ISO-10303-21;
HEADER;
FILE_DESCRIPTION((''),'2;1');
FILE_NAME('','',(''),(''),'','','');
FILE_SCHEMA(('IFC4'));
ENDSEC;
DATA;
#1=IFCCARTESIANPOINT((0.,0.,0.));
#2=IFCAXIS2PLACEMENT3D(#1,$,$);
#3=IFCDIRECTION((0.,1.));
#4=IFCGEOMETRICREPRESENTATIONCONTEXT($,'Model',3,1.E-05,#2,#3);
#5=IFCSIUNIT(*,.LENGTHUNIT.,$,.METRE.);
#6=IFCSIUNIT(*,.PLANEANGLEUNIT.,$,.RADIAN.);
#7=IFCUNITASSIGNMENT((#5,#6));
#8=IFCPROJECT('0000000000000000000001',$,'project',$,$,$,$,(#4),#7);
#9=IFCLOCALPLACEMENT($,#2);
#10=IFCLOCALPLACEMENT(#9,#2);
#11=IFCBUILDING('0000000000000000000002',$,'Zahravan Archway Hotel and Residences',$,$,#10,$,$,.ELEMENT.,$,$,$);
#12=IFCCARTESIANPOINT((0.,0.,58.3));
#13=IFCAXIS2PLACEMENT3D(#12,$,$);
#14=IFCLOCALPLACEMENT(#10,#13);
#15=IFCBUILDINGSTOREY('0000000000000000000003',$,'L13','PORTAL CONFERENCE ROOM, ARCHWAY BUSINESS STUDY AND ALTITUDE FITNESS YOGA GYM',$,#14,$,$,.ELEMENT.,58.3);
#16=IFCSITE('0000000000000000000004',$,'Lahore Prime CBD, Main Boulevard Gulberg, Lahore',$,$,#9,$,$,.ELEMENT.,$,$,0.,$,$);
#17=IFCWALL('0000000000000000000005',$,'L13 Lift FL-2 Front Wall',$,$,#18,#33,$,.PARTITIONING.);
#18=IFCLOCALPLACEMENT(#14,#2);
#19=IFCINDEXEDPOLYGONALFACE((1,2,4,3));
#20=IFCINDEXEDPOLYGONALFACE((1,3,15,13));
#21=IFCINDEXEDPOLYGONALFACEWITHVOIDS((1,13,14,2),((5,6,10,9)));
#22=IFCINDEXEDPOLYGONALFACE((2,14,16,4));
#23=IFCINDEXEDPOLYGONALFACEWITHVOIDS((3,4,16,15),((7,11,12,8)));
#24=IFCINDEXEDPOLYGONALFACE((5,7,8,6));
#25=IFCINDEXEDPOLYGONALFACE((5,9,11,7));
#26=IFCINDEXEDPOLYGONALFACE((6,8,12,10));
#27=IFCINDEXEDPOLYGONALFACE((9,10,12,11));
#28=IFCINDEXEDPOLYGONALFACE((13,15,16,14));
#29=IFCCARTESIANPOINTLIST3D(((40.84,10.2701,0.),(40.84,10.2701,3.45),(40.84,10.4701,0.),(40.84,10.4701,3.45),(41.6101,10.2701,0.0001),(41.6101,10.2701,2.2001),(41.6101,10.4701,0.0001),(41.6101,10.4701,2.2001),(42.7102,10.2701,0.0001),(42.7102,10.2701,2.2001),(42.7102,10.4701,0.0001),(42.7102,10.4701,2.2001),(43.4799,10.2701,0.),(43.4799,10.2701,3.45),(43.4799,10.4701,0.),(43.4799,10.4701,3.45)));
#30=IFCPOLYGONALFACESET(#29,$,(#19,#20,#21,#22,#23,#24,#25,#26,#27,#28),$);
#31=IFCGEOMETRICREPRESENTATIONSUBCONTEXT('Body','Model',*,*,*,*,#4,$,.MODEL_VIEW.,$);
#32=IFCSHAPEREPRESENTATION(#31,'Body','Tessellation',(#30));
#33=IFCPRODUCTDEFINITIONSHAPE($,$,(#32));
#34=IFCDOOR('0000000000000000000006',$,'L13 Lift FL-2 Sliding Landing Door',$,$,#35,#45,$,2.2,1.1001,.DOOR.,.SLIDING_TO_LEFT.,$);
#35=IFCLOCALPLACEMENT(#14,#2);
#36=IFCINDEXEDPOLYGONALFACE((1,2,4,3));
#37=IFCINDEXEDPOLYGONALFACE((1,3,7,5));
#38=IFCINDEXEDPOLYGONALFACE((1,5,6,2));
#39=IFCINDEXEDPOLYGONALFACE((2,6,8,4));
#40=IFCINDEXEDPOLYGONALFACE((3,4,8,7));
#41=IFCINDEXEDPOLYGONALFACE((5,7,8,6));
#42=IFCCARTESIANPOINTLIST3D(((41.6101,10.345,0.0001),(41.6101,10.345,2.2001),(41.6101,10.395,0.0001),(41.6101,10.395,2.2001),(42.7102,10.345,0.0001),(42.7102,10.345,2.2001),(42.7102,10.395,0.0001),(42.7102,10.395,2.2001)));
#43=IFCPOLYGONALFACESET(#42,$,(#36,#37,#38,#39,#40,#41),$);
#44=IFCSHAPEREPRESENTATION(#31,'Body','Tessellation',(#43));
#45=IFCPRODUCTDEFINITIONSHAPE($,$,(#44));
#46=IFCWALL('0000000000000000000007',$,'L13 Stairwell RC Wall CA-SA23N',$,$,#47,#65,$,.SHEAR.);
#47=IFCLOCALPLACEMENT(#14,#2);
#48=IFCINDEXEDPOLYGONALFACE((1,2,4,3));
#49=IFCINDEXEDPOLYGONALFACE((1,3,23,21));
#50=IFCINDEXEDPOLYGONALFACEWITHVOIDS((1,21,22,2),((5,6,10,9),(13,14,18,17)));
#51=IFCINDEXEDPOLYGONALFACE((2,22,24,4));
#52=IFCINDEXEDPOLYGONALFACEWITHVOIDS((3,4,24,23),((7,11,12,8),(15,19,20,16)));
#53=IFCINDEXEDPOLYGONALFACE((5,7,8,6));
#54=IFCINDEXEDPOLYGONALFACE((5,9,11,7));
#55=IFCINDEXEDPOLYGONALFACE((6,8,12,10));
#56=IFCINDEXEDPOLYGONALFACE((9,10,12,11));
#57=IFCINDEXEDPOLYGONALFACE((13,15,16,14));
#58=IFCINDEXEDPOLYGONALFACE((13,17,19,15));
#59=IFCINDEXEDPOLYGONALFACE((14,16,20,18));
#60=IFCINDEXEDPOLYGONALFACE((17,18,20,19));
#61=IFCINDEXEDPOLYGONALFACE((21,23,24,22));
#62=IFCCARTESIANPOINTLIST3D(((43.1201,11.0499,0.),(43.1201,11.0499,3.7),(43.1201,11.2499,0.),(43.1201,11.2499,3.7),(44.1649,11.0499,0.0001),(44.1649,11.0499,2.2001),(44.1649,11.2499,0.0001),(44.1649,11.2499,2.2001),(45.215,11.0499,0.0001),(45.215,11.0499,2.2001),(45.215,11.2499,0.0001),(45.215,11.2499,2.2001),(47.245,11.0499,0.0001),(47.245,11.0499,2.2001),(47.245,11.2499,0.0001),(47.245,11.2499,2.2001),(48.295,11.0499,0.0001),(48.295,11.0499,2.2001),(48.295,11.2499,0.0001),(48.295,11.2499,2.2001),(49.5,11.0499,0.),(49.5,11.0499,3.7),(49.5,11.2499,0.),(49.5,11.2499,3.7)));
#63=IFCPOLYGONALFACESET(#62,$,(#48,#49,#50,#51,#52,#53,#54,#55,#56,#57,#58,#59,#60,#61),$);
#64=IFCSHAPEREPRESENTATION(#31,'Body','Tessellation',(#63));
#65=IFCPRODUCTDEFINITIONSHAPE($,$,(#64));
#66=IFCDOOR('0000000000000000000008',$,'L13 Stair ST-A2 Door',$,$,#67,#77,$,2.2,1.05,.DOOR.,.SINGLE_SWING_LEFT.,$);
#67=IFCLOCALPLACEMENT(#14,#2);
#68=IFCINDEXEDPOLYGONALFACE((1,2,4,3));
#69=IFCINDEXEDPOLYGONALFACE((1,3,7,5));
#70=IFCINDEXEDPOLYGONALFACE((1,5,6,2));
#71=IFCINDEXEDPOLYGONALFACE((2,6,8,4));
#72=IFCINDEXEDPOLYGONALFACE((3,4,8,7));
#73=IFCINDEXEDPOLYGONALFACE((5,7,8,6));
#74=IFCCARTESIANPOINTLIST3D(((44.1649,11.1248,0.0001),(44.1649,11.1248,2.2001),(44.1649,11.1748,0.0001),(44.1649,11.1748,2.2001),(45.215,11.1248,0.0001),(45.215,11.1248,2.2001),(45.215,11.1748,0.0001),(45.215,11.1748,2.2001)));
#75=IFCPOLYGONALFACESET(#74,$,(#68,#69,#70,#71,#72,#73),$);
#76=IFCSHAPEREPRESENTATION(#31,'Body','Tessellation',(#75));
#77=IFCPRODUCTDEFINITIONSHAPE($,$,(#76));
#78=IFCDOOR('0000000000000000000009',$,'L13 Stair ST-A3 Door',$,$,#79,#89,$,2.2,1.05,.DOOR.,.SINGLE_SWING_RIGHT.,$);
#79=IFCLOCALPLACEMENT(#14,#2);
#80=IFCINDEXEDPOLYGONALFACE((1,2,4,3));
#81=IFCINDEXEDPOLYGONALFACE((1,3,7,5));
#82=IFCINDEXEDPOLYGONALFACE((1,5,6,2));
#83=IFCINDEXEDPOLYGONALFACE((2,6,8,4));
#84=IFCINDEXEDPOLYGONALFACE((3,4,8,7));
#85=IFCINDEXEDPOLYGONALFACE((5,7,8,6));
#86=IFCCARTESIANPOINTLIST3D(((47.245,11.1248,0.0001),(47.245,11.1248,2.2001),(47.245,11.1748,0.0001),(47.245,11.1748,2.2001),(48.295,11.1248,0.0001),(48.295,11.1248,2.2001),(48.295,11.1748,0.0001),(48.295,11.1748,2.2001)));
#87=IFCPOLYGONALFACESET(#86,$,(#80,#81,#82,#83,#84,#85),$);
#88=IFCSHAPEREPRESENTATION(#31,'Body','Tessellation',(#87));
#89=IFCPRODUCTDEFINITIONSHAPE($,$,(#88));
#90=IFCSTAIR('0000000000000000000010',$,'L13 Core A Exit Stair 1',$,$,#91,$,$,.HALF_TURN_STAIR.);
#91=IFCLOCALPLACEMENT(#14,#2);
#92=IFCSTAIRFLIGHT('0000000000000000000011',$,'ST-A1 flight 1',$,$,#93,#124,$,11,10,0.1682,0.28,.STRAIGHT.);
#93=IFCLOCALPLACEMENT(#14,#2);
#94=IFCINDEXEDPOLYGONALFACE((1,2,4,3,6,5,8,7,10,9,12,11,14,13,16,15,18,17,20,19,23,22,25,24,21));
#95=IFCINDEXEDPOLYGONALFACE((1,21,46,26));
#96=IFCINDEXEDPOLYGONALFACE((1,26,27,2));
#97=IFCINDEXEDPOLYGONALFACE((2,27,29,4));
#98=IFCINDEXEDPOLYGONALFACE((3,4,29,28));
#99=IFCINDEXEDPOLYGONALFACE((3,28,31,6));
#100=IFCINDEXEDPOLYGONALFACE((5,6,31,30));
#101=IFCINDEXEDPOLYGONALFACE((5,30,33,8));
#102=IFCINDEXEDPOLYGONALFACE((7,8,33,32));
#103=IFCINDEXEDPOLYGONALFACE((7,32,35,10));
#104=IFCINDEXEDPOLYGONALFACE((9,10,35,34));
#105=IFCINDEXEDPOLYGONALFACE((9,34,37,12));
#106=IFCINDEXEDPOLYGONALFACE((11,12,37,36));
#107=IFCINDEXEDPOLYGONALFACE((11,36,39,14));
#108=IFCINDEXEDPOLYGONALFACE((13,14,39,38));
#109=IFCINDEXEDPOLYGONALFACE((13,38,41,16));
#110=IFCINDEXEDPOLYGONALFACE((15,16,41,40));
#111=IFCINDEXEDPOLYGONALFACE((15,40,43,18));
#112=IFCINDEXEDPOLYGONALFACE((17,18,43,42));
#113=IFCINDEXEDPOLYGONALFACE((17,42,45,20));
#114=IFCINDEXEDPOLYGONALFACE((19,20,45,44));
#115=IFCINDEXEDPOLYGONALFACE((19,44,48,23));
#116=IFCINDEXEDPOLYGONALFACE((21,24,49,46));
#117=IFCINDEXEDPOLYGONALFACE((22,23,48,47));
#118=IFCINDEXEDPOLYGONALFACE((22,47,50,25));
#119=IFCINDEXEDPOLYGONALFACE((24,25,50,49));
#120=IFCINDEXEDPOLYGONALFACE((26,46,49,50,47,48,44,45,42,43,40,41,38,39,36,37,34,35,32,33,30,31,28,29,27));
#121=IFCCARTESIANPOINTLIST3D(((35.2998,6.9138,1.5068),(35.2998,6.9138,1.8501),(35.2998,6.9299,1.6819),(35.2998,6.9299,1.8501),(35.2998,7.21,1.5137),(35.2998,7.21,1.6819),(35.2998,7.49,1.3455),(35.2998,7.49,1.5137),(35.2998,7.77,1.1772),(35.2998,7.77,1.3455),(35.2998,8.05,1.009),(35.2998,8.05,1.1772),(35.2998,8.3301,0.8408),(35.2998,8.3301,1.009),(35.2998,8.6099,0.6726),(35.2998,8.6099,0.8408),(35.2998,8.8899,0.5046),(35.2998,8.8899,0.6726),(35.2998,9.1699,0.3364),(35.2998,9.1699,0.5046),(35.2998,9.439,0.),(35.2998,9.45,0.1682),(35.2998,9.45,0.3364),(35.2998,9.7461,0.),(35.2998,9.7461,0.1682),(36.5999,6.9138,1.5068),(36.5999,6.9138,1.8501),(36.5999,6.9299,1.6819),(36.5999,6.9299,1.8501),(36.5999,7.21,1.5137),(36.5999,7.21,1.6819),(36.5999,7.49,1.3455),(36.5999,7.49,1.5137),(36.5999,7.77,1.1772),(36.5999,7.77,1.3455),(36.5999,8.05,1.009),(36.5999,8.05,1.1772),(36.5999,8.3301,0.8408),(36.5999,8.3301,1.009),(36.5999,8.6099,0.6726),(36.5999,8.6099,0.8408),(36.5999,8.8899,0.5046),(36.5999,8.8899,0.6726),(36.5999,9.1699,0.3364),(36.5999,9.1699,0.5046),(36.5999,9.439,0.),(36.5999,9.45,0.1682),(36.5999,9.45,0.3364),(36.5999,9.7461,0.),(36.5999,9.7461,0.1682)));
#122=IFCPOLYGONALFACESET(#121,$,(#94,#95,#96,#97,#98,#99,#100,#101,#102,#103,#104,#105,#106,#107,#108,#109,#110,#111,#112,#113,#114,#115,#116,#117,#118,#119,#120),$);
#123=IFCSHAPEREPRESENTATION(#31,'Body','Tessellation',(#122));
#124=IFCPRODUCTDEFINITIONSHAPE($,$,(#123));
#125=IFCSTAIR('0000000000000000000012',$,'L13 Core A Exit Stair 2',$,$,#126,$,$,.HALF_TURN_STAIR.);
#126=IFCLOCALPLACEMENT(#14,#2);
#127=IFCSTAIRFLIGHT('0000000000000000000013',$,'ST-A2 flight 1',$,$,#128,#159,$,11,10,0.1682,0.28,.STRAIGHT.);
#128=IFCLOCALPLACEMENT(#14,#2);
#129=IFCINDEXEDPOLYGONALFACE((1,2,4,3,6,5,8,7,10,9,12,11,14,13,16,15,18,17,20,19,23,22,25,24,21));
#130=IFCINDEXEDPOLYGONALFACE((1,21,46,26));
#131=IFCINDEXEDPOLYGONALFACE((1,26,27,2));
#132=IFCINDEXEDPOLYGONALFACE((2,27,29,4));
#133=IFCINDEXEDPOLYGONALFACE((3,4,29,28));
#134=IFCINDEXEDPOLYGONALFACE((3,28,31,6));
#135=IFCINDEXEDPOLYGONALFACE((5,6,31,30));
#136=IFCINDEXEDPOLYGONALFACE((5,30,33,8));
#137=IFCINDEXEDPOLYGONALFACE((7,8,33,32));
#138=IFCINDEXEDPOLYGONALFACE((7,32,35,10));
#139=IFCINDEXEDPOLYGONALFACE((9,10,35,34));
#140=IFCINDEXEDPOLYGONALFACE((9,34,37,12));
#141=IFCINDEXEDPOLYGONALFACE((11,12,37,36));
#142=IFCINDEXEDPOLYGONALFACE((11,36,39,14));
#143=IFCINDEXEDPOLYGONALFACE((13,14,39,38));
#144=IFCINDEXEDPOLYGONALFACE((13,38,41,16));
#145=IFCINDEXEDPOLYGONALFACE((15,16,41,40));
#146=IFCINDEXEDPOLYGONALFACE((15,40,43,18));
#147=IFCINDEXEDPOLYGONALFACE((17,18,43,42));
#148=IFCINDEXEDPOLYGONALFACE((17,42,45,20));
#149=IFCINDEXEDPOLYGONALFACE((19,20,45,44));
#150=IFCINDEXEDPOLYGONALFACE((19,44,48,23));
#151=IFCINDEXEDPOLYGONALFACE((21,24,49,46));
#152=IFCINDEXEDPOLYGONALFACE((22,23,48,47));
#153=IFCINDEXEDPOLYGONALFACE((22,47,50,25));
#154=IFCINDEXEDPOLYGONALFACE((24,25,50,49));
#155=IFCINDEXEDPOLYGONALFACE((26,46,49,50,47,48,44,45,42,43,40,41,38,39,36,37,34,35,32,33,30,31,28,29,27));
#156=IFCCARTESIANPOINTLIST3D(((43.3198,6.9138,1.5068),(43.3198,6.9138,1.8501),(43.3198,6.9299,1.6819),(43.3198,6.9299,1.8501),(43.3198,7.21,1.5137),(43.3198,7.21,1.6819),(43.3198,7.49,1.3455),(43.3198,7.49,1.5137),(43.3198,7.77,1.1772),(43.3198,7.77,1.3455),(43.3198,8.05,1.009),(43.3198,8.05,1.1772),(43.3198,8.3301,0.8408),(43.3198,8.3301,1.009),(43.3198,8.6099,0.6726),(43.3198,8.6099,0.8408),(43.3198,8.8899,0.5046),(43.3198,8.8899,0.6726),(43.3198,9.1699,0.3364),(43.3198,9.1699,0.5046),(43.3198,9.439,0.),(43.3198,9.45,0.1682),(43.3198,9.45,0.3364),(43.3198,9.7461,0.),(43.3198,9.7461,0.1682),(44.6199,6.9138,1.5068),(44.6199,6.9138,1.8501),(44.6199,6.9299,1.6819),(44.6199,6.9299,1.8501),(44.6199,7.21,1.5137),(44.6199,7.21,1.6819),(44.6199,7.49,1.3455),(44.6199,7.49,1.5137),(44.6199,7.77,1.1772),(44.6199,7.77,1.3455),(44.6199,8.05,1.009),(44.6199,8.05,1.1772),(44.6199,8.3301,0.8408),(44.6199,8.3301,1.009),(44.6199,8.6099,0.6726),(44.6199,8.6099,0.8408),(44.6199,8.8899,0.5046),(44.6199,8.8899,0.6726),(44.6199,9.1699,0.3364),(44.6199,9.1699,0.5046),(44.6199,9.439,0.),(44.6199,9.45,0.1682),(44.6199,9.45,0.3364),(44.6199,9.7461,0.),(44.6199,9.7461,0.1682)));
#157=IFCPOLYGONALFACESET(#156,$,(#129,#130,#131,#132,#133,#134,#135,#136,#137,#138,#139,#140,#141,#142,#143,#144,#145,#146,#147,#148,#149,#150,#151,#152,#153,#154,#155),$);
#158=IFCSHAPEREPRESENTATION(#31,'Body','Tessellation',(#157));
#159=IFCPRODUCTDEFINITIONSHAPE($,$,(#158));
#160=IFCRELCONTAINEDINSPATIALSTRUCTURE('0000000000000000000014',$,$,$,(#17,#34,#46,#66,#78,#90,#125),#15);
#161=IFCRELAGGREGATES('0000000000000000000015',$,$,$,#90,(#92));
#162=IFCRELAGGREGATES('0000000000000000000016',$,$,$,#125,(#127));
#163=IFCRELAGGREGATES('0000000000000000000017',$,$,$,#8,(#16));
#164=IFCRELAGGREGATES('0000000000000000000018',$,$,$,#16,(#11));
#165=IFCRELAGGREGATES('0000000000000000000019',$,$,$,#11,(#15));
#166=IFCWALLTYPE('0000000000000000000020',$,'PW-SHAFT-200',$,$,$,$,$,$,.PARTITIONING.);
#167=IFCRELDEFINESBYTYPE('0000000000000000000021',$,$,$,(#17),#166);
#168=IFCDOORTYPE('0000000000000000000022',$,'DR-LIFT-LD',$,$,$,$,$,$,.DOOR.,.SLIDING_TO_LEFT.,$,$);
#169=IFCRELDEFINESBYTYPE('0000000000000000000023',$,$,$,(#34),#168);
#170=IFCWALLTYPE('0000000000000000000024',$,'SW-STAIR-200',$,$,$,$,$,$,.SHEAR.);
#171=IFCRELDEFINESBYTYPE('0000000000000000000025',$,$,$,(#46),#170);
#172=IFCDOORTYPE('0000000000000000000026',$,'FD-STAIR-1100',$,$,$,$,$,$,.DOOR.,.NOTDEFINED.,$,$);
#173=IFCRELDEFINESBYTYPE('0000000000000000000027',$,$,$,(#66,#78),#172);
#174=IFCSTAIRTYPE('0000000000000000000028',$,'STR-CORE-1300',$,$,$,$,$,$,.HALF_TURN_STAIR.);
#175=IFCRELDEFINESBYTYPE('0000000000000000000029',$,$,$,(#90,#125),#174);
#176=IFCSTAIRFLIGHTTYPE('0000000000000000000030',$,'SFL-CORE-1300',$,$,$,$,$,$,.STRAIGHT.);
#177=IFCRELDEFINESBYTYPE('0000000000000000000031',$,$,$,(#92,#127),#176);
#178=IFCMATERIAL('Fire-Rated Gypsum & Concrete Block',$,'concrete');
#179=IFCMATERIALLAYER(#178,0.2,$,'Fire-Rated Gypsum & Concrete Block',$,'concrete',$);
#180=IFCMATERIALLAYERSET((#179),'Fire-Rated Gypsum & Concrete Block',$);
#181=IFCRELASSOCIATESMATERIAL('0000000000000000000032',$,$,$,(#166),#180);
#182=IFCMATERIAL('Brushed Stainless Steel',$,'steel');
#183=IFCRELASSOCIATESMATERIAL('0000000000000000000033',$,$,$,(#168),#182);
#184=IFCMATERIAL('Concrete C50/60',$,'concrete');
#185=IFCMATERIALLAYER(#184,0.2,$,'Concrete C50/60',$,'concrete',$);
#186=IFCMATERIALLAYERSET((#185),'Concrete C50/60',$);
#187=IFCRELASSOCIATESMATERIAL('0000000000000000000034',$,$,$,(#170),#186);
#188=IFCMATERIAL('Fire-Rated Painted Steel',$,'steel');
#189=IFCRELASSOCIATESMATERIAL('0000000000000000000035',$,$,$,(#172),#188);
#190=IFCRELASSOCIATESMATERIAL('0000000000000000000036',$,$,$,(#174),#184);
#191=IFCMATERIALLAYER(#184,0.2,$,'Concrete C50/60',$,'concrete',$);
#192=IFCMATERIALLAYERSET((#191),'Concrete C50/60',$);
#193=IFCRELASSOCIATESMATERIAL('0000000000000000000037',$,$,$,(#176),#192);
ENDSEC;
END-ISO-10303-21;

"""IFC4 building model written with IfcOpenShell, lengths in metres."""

from ifc_helpers import new_model, si_unit, direction, frame, frame_2d, origin, place, context, subcontext, project, spatial, polyline, rectangle, outline, extrude, source, transform, mapped, material, layer, layer_set, type_object, type_shapes, element, fill, aggregate, save


model = new_model("IFC4")

# Units and contexts
model_context = context("Model", 3, precision=1e-05, world=origin(), true_north=direction((0.0, 1.0)))
body_context = subcontext(model_context, "Body", "Model", "MODEL_VIEW")
ifc_project = project(units=[si_unit("LENGTHUNIT", "METRE"), si_unit("PLANEANGLEUNIT", "RADIAN")], contexts=[model_context])

# Site, building, storey
site_placement = place(None, origin())
site = spatial("IfcSite", under=ifc_project, at=site_placement, Name="Lahore Prime CBD, Main Boulevard Gulberg, Lahore", CompositionType="ELEMENT", RefElevation=0.0)
building_placement = place(site_placement, origin())
building = spatial("IfcBuilding", under=site, at=building_placement, Name="Zahravan Archway Hotel and Residences", CompositionType="ELEMENT")
storey_placement = place(building_placement, frame((0.0, 0.0, 58.3)))
storey = spatial("IfcBuildingStorey", under=building, at=storey_placement, Name="L13", Description="PORTAL CONFERENCE ROOM, ARCHWAY BUSINESS STUDY AND ALTITUDE FITNESS YOGA GYM", CompositionType="ELEMENT", Elevation=58.3)

# Shared definitions
ifc_material_1 = material(Name="Fire-Rated Gypsum & Concrete Block", Category="concrete")
ifc_material_2 = material(Name="Fire-Rated Painted Steel", Category="steel")

# Shared definitions
ifc_layer_1 = layer(ifc_material_1, 0.2, Name="Fire-Rated Gypsum & Concrete Block", Category="concrete")
ifc_layer_set_1 = layer_set([ifc_layer_1], Name="Fire-Rated Gypsum & Concrete Block")
wall_type_1 = type_object("IfcWallType", Name="PW-SHAFT-200", PredefinedType="PARTITIONING", material=ifc_layer_set_1)

# Wall, opening, door
ifc_material_3 = material(Name="Brushed Stainless Steel", Category="steel")
door_type_1 = type_object("IfcDoorType", Name="DR-LIFT-LD", OperationType="SLIDING_TO_LEFT", PredefinedType="DOOR", material=ifc_material_3)
shared_shape_1 = source(origin(), body_context, "Body", "SweptSolid", [
    extrude(rectangle(XDim=1.1001, YDim=2.2, at=frame_2d((0.55, 1.1001))), frame((0.0, 0.0249, 0.0), z_axis=(0.0, -1.0, 0.0), x_axis=(1.0, 0.0, 0.0)), (0.0, 0.0, 1.0), 0.05),
])
type_shapes(door_type_1, [shared_shape_1])
wall_1_placement = place(storey_placement, frame((40.8401, 10.3701, 0.0), z_axis=(0.0, 0.0, 1.0), x_axis=(1.0, 0.0, 0.0)))
wall_1 = element("IfcWall", 1, at=wall_1_placement, inside=storey, type_object=wall_type_1, Name="L13 Lift FL-2 Front Wall", PredefinedType="PARTITIONING", context=body_context, shape_type="SweptSolid", body=[
    extrude(rectangle(XDim=2.6399, YDim=0.2, at=frame_2d((1.3198, 0.0))), origin(), (0.0, 0.0, 1.0), 3.45),
])
opening_1_placement = place(wall_1_placement, frame((0.77, 0.0, 0.0)))
opening_1 = element("IfcOpeningElement", 2, at=opening_1_placement, cuts=wall_1, PredefinedType="OPENING", context=body_context, shape_type="SweptSolid", body=[
    extrude(rectangle(XDim=1.1001, YDim=2.2, at=frame_2d((0.55, 1.1001))), frame((0.0, 0.1099, 0.0), z_axis=(0.0, -1.0, 0.0), x_axis=(1.0, 0.0, 0.0)), (0.0, 0.0, 1.0), 0.22),
])
door_1_placement = place(opening_1_placement, origin())
door_1 = element("IfcDoor", 3, at=door_1_placement, inside=storey, type_object=door_type_1, Name="L13 Lift FL-2 Sliding Landing Door", OperationType="SLIDING_TO_LEFT", OverallHeight=2.2, OverallWidth=1.1001, PredefinedType="DOOR", context=body_context, shape_type="MappedRepresentation", body=[
    mapped(shared_shape_1, transform((0.0, 0.0, 0.0), scale=1.0)),
])
fill(opening_1, door_1)

# Wall, openings, doors
ifc_material_4 = material(Name="Concrete C50/60", Category="concrete")
ifc_layer_2 = layer(ifc_material_4, 0.2, Name="Concrete C50/60", Category="concrete")
ifc_layer_set_2 = layer_set([ifc_layer_2], Name="Concrete C50/60")
wall_type_2 = type_object("IfcWallType", Name="SW-STAIR-200", PredefinedType="SHEAR", material=ifc_layer_set_2)
wall_2_placement = place(storey_placement, frame((43.1201, 11.1499, 0.0), z_axis=(0.0, 0.0, 1.0), x_axis=(1.0, 0.0, 0.0)))
wall_2 = element("IfcWall", 4, at=wall_2_placement, inside=storey, type_object=wall_type_2, Name="L13 Stairwell RC Wall CA-SA23N", PredefinedType="SHEAR", context=body_context, shape_type="SweptSolid", body=[
    extrude(rectangle(XDim=6.3799, YDim=0.2, at=frame_2d((3.1899, 0.0))), origin(), (0.0, 0.0, 1.0), 3.7),
])
opening_2_placement = place(wall_2_placement, frame((1.0449, 0.0, 0.0)))
opening_2 = element("IfcOpeningElement", 5, at=opening_2_placement, cuts=wall_2, PredefinedType="OPENING", context=body_context, shape_type="SweptSolid", body=[
    extrude(rectangle(XDim=1.05, YDim=2.2, at=frame_2d((0.5249, 1.1001))), frame((0.0, 0.1099, 0.0), z_axis=(0.0, -1.0, 0.0), x_axis=(1.0, 0.0, 0.0)), (0.0, 0.0, 1.0), 0.22),
])
opening_3_placement = place(wall_2_placement, frame((4.125, 0.0, 0.0)))
opening_3 = element("IfcOpeningElement", 6, at=opening_3_placement, cuts=wall_2, PredefinedType="OPENING", context=body_context, shape_type="SweptSolid", body=[
    extrude(rectangle(XDim=1.05, YDim=2.2, at=frame_2d((0.5249, 1.1001))), frame((0.0, 0.1099, 0.0), z_axis=(0.0, -1.0, 0.0), x_axis=(1.0, 0.0, 0.0)), (0.0, 0.0, 1.0), 0.22),
])
door_type_2 = type_object("IfcDoorType", Name="FD-STAIR-1100", OperationType="NOTDEFINED", PredefinedType="DOOR", material=ifc_material_2)
shared_shape_2 = source(origin(), body_context, "Body", "SweptSolid", [
    extrude(rectangle(XDim=1.05, YDim=2.2, at=frame_2d((0.5249, 1.1001))), frame((0.0, 0.0249, 0.0), z_axis=(0.0, -1.0, 0.0), x_axis=(1.0, 0.0, 0.0)), (0.0, 0.0, 1.0), 0.05),
])
type_shapes(door_type_2, [shared_shape_2])
door_2_placement = place(opening_2_placement, origin())
door_2 = element("IfcDoor", 7, at=door_2_placement, inside=storey, type_object=door_type_2, Name="L13 Stair ST-A2 Door", OperationType="SINGLE_SWING_LEFT", OverallHeight=2.2, OverallWidth=1.05, PredefinedType="DOOR", context=body_context, shape_type="MappedRepresentation", body=[
    mapped(shared_shape_2, transform((0.0, 0.0, 0.0), scale=1.0)),
])
fill(opening_2, door_2)
door_3_placement = place(opening_3_placement, origin())
door_3 = element("IfcDoor", 8, at=door_3_placement, inside=storey, type_object=door_type_2, Name="L13 Stair ST-A3 Door", OperationType="SINGLE_SWING_RIGHT", OverallHeight=2.2, OverallWidth=1.05, PredefinedType="DOOR", context=body_context, shape_type="MappedRepresentation", body=[
    mapped(shared_shape_2, transform((0.0, 0.0, 0.0), scale=1.0)),
])
fill(opening_3, door_3)

# Stairs, stair flights
stair_type = type_object("IfcStairType", Name="STR-CORE-1300", PredefinedType="HALF_TURN_STAIR", material=ifc_material_4)
stair_1_placement = place(storey_placement, origin())
stair_1 = element("IfcStair", 9, at=stair_1_placement, inside=storey, type_object=stair_type, Name="L13 Core A Exit Stair 1", PredefinedType="HALF_TURN_STAIR")
ifc_layer_3 = layer(ifc_material_4, 0.2, Name="Concrete C50/60", Category="concrete")
ifc_layer_set_3 = layer_set([ifc_layer_3], Name="Concrete C50/60")
stair_flight_type = type_object("IfcStairFlightType", Name="SFL-CORE-1300", PredefinedType="STRAIGHT", material=ifc_layer_set_3)
shared_shape_3 = source(origin(), body_context, "Body", "SweptSolid", [
    extrude(outline(polyline([(-0.0161, 0.0), (-0.0161, 0.1682), (0.28, 0.1682), (0.28, 0.3364), (0.5601, 0.3364), (0.5601, 0.5046), (0.8401, 0.5046), (0.8401, 0.6726), (1.1201, 0.6726), (1.1201, 0.8408), (1.3999, 0.8408), (1.3999, 1.009), (1.6799, 1.009), (1.6799, 1.1772), (1.96, 1.1772), (1.96, 1.3455), (2.24, 1.3455), (2.24, 1.5137), (2.52, 1.5137), (2.52, 1.6819), (2.8, 1.6819), (2.8, 1.8501), (2.8162, 1.8501), (2.8162, 1.5068), (0.291, 0.0), (-0.0161, 0.0)])), frame((0.0, 0.6499, 0.0), z_axis=(0.0, -1.0, 0.0), x_axis=(1.0, 0.0, 0.0)), (0.0, 0.0, 1.0), 1.3),
])
stair_flight_1_placement = place(storey_placement, frame((35.95, 9.73, 0.0), z_axis=(0.0, 0.0, 1.0), x_axis=(0.0, -1.0, 0.0)))
stair_flight_1 = element("IfcStairFlight", 10, at=stair_flight_1_placement, type_object=stair_flight_type, Name="ST-A1 flight 1", NumberOfRisers=11, NumberOfTreads=10, PredefinedType="STRAIGHT", RiserHeight=0.1682, TreadLength=0.28, context=body_context, shape_type="MappedRepresentation", body=[
    mapped(shared_shape_3, transform((0.0, 0.0, 0.0), scale=1.0)),
])
aggregate(stair_1, [stair_flight_1])
stair_2_placement = place(storey_placement, origin())
stair_2 = element("IfcStair", 11, at=stair_2_placement, inside=storey, type_object=stair_type, Name="L13 Core A Exit Stair 2", PredefinedType="HALF_TURN_STAIR")
stair_flight_2_placement = place(storey_placement, frame((43.97, 9.73, 0.0), z_axis=(0.0, 0.0, 1.0), x_axis=(0.0, -1.0, 0.0)))
stair_flight_2 = element("IfcStairFlight", 12, at=stair_flight_2_placement, type_object=stair_flight_type, Name="ST-A2 flight 1", NumberOfRisers=11, NumberOfTreads=10, PredefinedType="STRAIGHT", RiserHeight=0.1682, TreadLength=0.28, context=body_context, shape_type="MappedRepresentation", body=[
    mapped(shared_shape_3, transform((0.0, 0.0, 0.0), scale=1.0)),
])
aggregate(stair_2, [stair_flight_2])

save(model, "model.ifc")
